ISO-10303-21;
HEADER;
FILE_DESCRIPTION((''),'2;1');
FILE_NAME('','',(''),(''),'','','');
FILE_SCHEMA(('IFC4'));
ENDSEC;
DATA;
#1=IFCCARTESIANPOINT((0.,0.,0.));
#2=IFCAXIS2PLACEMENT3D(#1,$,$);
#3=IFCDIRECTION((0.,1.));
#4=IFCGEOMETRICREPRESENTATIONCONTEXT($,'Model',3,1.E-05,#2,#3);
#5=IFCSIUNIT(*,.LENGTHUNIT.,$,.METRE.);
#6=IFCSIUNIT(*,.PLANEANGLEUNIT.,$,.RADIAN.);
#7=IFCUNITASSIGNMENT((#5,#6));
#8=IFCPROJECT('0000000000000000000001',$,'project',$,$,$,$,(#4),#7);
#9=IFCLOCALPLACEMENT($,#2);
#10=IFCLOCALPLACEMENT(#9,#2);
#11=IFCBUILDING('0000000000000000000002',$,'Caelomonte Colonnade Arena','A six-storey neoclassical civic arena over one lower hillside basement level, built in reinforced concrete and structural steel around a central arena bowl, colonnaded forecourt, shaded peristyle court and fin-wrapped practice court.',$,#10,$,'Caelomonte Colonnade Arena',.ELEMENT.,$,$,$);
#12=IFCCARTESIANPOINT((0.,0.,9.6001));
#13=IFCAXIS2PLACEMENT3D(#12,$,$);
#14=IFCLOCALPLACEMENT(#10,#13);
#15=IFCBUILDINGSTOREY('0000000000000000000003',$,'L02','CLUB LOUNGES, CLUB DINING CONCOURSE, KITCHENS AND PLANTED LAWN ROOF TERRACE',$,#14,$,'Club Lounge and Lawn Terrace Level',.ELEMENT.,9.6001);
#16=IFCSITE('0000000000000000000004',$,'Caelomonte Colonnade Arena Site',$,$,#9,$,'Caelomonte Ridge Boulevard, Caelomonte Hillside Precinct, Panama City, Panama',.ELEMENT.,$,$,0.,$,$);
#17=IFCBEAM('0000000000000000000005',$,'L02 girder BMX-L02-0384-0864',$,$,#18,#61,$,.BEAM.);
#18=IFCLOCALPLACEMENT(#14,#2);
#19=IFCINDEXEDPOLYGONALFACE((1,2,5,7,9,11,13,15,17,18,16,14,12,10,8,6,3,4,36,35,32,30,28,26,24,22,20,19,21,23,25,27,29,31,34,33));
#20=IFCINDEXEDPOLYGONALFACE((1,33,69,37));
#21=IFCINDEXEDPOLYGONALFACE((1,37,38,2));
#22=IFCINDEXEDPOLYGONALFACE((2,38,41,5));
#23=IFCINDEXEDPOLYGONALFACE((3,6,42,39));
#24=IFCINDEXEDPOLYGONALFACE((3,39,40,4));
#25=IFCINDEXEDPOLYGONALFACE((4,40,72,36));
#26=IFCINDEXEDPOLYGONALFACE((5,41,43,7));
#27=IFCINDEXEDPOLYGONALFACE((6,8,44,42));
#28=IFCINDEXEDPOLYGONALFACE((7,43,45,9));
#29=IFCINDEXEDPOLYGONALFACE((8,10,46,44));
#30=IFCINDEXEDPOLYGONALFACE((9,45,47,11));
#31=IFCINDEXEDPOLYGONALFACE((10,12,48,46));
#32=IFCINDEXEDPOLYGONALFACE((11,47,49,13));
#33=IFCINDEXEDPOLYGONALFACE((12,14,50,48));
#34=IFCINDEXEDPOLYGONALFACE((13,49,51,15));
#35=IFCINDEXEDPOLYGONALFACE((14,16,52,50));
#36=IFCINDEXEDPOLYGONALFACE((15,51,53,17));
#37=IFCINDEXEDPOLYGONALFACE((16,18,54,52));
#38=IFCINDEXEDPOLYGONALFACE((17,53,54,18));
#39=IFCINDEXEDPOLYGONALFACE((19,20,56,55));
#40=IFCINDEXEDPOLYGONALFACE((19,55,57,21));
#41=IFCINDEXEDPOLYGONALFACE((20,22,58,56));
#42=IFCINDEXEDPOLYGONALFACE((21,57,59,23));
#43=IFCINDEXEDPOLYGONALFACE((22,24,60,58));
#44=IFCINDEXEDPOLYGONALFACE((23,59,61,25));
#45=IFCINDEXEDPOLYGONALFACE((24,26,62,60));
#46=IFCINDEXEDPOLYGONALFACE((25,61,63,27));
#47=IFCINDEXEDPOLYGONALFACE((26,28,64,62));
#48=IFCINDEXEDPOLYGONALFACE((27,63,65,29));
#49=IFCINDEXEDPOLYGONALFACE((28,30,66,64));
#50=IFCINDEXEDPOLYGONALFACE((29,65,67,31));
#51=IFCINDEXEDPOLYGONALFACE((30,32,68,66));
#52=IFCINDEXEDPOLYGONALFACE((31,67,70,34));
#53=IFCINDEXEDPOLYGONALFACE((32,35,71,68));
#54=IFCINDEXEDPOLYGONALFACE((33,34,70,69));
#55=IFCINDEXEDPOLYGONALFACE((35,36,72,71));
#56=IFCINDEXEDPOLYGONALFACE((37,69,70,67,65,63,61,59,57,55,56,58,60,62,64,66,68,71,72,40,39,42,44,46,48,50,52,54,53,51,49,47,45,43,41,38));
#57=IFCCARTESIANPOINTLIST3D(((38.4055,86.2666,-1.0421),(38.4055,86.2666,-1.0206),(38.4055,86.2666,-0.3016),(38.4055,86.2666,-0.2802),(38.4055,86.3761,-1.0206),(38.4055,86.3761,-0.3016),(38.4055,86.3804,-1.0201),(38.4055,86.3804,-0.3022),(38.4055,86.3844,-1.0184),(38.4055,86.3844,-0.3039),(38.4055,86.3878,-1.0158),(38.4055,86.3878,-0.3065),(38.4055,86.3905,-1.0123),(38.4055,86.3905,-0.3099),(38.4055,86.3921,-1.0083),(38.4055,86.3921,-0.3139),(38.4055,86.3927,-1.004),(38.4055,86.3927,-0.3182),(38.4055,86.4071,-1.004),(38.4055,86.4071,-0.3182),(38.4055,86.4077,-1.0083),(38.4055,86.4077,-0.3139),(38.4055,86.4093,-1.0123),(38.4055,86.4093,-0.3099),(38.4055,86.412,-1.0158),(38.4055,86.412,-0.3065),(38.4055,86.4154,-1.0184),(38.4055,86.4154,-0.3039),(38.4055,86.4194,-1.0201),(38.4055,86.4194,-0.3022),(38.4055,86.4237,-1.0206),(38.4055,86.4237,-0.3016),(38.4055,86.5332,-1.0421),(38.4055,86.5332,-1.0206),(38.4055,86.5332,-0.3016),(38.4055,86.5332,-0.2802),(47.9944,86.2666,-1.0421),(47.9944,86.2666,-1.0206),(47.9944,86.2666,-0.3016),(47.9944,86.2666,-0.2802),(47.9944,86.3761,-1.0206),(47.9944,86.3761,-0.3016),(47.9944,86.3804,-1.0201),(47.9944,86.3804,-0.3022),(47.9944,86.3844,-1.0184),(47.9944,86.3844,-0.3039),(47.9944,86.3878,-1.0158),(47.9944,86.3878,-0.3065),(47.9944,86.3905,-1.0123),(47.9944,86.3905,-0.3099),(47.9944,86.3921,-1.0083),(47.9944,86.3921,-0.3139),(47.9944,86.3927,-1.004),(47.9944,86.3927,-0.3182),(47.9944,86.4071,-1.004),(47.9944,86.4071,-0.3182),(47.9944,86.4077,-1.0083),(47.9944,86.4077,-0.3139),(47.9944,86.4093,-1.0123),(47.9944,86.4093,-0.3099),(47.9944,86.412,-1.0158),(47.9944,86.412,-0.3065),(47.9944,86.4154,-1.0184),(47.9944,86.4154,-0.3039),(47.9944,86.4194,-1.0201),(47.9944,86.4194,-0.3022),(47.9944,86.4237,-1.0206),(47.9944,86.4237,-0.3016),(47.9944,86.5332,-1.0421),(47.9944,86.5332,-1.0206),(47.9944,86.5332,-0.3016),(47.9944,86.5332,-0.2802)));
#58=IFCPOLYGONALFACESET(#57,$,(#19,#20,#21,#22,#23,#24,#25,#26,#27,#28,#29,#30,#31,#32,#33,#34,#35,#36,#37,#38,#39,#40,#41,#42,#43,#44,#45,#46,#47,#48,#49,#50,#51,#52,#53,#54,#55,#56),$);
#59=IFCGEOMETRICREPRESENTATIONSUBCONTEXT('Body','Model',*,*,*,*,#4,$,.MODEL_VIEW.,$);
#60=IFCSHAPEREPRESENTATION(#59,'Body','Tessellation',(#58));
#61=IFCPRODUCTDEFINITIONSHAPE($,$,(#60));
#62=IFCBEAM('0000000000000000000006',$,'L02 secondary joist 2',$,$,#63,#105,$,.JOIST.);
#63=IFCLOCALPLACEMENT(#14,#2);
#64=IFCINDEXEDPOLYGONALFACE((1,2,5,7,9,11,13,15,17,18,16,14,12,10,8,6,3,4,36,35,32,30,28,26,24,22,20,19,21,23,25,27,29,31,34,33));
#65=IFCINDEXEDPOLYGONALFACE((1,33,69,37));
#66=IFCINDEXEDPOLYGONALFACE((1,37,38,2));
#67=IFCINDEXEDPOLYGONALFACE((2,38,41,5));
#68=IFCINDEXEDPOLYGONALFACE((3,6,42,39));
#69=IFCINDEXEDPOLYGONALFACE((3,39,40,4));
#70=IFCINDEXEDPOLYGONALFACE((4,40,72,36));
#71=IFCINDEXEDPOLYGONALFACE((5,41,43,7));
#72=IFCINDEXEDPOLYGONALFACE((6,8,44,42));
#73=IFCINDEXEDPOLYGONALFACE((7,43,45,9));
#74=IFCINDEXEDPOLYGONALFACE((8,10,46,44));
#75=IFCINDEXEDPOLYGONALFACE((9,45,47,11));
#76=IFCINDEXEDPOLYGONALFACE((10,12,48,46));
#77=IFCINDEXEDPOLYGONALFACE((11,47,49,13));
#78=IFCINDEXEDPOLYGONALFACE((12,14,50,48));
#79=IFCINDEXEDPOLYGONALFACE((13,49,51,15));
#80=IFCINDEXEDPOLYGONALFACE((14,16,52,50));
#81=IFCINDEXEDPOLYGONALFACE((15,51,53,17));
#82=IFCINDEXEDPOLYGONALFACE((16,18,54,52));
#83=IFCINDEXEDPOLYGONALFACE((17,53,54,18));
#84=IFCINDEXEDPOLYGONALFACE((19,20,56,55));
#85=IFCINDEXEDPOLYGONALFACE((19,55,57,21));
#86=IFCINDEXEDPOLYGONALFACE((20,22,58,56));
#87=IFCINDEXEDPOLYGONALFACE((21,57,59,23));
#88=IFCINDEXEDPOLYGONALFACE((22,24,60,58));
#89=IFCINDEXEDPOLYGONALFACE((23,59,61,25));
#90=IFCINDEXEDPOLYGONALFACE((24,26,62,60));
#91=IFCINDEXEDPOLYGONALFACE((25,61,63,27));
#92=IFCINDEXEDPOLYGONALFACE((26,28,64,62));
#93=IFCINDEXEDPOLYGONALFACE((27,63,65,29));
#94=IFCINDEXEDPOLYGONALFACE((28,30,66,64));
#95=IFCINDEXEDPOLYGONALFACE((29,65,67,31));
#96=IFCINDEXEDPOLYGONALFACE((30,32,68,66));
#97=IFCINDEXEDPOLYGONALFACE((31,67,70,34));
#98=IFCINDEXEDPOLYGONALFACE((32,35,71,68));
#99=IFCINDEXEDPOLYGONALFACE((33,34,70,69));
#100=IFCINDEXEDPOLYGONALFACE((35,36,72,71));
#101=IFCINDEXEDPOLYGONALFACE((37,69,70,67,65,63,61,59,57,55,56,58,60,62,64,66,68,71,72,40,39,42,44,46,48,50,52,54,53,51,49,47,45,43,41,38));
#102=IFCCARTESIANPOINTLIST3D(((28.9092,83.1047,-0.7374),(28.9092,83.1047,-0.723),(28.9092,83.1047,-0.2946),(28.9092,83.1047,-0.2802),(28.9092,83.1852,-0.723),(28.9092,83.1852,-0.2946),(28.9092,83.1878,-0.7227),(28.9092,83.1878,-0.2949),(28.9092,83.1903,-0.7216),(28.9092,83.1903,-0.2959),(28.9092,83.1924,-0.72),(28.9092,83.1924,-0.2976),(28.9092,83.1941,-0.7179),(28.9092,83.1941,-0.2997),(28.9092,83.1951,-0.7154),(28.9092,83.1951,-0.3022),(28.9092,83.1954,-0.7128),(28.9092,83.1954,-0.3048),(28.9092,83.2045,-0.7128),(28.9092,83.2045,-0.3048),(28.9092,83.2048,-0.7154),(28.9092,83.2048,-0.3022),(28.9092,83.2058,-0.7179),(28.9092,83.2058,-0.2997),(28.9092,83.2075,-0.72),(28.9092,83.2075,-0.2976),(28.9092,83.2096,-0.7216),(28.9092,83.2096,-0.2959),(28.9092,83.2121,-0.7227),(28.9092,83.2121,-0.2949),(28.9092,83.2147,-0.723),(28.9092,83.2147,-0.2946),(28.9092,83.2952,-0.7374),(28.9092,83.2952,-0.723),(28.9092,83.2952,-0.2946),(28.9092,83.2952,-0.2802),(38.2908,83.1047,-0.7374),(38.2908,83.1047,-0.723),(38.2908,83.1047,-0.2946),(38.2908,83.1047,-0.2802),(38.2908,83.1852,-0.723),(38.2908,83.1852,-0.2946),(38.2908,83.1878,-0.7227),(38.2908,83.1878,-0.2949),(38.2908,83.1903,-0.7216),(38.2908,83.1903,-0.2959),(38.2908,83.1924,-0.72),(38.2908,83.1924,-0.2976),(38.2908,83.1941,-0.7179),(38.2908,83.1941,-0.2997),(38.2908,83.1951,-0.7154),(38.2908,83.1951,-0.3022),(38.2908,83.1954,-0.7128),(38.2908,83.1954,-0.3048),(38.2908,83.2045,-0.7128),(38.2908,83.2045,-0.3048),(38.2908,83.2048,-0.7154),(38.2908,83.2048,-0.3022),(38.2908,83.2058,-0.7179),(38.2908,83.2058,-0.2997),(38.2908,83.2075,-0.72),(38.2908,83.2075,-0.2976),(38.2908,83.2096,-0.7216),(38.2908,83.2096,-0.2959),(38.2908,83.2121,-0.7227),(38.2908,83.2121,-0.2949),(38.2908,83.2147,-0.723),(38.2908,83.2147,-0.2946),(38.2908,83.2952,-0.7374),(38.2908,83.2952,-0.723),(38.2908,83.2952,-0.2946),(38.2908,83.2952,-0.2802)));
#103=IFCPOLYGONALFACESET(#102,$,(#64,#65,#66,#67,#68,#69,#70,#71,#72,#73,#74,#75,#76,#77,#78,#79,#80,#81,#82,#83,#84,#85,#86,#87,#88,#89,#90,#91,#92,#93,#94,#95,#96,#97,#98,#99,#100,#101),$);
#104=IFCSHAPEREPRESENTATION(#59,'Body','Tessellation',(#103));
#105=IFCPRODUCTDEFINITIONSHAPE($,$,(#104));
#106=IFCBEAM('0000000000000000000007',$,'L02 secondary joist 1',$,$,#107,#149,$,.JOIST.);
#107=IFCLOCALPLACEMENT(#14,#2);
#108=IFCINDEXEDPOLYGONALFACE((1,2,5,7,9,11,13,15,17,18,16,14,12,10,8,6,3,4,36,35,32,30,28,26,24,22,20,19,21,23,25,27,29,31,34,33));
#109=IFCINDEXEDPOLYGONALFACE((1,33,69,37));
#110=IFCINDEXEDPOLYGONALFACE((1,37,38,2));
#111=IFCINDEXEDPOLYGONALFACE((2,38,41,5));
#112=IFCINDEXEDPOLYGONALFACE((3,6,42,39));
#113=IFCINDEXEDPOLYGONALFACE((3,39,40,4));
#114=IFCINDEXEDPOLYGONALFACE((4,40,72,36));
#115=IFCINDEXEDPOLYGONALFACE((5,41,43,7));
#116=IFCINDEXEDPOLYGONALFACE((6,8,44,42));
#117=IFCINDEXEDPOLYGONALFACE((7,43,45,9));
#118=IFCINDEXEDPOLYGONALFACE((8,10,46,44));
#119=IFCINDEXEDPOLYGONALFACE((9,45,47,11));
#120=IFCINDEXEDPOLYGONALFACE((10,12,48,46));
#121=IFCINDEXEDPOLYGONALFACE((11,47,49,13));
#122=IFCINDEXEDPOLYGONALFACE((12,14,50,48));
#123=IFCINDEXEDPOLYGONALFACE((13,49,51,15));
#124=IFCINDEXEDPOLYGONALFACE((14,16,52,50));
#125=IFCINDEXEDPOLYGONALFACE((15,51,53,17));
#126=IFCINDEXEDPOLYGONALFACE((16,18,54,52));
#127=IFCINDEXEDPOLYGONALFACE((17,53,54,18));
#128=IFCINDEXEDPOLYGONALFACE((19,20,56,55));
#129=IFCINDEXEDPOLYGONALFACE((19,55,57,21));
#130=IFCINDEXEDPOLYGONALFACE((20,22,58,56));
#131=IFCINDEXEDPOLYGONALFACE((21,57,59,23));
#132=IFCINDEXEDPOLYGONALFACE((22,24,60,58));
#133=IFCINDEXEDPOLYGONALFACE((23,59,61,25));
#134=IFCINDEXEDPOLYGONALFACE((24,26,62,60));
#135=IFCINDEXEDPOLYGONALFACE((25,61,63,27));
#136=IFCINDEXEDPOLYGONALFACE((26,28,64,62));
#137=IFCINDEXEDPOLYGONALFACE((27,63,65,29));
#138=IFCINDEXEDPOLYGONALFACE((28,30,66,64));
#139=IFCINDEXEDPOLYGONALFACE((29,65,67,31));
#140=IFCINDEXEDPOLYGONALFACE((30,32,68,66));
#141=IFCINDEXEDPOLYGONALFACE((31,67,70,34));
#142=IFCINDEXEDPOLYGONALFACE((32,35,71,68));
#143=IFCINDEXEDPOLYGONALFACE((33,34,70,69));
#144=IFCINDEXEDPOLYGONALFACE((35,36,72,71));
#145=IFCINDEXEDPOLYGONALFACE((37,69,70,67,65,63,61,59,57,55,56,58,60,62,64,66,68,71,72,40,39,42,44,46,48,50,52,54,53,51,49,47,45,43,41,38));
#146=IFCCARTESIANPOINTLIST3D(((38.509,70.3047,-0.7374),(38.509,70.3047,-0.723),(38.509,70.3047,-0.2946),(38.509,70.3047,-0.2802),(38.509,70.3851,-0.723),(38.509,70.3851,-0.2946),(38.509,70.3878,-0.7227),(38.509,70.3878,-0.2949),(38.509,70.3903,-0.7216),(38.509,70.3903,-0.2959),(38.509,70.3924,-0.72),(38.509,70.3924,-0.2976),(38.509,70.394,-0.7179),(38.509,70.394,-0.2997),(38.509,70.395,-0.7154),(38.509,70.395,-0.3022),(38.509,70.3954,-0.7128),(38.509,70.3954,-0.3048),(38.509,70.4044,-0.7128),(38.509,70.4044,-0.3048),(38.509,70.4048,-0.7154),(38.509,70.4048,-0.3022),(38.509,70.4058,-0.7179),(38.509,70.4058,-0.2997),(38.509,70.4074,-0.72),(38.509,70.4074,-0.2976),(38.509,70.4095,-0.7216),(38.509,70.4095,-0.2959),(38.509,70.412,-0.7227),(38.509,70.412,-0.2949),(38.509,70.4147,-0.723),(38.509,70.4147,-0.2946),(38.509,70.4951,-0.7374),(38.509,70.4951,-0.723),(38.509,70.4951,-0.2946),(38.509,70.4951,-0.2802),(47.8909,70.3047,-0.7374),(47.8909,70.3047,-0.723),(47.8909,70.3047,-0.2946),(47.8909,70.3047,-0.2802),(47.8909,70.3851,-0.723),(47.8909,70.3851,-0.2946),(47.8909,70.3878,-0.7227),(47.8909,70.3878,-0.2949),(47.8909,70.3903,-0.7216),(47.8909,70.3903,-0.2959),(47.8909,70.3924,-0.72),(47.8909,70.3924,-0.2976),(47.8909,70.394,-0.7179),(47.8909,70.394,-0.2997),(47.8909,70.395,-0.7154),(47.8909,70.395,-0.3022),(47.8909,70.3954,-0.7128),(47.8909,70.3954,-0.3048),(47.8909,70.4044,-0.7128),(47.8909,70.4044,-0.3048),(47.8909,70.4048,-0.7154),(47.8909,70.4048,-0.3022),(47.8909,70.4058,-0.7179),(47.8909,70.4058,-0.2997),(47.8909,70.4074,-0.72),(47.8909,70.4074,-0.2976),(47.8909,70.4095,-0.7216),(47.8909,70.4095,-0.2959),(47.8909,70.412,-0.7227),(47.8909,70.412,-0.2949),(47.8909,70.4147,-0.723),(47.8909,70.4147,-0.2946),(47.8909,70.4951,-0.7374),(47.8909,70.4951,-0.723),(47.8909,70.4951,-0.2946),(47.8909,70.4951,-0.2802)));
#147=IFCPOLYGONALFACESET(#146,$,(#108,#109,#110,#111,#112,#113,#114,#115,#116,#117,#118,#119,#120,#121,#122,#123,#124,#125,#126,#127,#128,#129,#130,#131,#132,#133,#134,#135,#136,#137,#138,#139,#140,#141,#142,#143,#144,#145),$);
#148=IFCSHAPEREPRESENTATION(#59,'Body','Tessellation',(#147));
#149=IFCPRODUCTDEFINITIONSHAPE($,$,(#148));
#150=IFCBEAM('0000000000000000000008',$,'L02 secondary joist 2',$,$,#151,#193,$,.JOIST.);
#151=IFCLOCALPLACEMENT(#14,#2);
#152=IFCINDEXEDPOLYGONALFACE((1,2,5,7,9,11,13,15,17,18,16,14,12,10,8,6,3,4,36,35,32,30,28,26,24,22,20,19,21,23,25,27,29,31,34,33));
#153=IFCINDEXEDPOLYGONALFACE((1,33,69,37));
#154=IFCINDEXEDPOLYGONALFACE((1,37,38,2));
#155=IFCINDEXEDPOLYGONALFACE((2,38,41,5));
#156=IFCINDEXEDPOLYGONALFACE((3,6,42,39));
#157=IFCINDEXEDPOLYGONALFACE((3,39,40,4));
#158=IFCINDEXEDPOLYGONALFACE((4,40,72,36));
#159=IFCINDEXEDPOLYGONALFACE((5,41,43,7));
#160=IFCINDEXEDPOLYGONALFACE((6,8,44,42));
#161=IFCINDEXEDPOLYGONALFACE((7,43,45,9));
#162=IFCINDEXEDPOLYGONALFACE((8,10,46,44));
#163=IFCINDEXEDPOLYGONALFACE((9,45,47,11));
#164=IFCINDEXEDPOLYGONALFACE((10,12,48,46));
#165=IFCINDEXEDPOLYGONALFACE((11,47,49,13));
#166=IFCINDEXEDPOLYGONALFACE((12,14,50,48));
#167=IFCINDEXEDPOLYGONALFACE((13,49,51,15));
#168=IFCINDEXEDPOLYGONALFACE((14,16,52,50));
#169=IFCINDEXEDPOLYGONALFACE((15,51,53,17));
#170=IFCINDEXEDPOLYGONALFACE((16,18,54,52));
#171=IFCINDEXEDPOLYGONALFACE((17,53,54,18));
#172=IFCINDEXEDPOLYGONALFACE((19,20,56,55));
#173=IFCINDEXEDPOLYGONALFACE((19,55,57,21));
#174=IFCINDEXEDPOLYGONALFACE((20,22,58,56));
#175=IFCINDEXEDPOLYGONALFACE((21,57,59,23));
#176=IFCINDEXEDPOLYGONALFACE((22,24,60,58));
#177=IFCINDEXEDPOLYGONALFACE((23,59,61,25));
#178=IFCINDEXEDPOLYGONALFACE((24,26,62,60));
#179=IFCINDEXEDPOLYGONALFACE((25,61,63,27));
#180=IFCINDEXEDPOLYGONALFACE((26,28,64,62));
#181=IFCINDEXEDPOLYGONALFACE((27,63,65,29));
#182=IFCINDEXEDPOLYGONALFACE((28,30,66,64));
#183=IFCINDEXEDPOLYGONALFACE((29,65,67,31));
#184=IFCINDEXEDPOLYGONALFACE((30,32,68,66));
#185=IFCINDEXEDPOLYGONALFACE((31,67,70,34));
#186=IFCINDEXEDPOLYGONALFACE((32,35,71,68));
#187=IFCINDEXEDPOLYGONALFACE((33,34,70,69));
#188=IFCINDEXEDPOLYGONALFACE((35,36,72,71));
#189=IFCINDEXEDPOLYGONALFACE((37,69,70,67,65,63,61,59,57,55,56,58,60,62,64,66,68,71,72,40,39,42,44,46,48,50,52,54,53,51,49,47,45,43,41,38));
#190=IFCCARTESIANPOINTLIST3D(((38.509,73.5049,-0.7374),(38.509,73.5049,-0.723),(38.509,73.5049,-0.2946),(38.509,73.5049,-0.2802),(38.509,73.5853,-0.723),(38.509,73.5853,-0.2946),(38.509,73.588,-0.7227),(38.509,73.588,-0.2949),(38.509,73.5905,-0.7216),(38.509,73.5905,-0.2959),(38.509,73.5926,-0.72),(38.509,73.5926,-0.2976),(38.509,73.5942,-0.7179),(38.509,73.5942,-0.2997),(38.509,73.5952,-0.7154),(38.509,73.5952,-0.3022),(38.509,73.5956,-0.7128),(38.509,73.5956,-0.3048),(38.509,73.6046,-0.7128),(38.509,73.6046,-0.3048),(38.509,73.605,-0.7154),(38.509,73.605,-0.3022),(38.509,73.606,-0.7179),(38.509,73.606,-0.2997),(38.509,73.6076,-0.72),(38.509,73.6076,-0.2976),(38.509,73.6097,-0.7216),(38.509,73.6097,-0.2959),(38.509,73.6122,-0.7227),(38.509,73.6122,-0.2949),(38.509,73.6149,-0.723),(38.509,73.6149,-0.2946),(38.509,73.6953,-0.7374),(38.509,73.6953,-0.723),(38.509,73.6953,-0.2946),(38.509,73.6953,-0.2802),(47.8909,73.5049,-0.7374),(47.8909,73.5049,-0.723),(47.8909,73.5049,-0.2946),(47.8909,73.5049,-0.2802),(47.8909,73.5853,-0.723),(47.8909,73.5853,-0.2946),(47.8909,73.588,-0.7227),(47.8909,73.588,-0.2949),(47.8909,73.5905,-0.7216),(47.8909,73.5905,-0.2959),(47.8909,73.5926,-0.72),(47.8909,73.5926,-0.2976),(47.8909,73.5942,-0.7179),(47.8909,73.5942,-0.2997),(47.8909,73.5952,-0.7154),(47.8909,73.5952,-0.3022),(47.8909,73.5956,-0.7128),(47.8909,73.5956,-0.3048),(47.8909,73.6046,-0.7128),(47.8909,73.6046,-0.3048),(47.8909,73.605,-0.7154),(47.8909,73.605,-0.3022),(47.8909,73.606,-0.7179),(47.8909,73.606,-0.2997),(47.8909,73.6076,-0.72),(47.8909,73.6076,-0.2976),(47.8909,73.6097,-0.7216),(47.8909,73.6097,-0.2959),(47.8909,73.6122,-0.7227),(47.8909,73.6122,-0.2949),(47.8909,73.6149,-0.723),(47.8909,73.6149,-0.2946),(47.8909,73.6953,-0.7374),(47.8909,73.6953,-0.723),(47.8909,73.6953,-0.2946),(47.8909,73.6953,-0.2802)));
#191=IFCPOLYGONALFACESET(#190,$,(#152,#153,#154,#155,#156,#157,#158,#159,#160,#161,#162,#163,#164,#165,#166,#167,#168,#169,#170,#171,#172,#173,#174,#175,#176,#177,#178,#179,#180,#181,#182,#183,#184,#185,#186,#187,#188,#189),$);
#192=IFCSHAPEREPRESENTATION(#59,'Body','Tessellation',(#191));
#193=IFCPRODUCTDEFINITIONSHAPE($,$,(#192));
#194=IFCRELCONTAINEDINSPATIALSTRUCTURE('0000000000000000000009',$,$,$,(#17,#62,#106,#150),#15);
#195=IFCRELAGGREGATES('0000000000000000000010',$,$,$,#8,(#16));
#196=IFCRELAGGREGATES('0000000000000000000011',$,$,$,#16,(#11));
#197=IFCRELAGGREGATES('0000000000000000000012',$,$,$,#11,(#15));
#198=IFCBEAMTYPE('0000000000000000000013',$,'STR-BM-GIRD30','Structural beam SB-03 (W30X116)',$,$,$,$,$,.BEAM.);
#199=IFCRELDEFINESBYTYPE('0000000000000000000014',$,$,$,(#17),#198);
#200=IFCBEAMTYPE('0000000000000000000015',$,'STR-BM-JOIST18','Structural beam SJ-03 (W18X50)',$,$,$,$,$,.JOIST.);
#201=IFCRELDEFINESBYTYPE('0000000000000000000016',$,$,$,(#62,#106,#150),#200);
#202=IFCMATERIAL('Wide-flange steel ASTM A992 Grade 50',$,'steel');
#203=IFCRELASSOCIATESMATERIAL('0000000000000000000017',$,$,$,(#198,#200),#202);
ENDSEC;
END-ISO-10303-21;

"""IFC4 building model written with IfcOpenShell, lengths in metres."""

from ifc_helpers import new_model, si_unit, direction, frame, origin, origin_2d, place, context, subcontext, project, spatial, i_section, extrude, material, material_profile, profile_set, type_object, element, save


model = new_model("IFC4")

# Units and contexts
model_context = context("Model", 3, precision=1e-05, world=origin(), true_north=direction((0.0, 1.0)))
body_context = subcontext(model_context, "Body", "Model", "MODEL_VIEW")
ifc_project = project(units=[si_unit("LENGTHUNIT", "METRE"), si_unit("PLANEANGLEUNIT", "RADIAN")], contexts=[model_context])

# Site, building, storey
site_placement = place(None, origin())
site = spatial("IfcSite", under=ifc_project, at=site_placement, Name="Caelomonte Colonnade Arena Site", LongName="Caelomonte Ridge Boulevard, Caelomonte Hillside Precinct, Panama City, Panama", CompositionType="ELEMENT", RefElevation=0.0)
building_placement = place(site_placement, origin())
building = spatial("IfcBuilding", under=site, at=building_placement, Name="Caelomonte Colonnade Arena", Description="A six-storey neoclassical civic arena over one lower hillside basement level, built in reinforced concrete and structural steel around a central arena bowl, colonnaded forecourt, shaded peristyle court and fin-wrapped practice court.", LongName="Caelomonte Colonnade Arena", CompositionType="ELEMENT")
storey_placement = place(building_placement, frame((0.0, 0.0, 9.6001)))
storey = spatial("IfcBuildingStorey", under=building, at=storey_placement, Name="L02", Description="CLUB LOUNGES, CLUB DINING CONCOURSE, KITCHENS AND PLANTED LAWN ROOF TERRACE", LongName="Club Lounge and Lawn Terrace Level", CompositionType="ELEMENT", Elevation=9.6001)

# Beams
ifc_material_1 = material(Name="Wide-flange steel ASTM A992 Grade 50", Category="steel")
ifc_material_profile_1 = material_profile(ifc_material_1, i_section(OverallWidth=0.2666, OverallDepth=0.762, WebThickness=0.0144, FlangeThickness=0.0215, FilletRadius=0.0166, at=origin_2d()), Name="W30X116")
ifc_profile_set_1 = profile_set([ifc_material_profile_1], Name="Wide-flange steel ASTM A992 Grade 50")
beam_type_1 = type_object("IfcBeamType", Name="STR-BM-GIRD30", Description="Structural beam SB-03 (W30X116)", PredefinedType="BEAM", material=ifc_profile_set_1)
for number, where, z_axis, x_axis, name in (
    (1, (38.4055, 86.3999, -0.6611), (1.0, 0.0, 0.0), (0.0, 1.0, 0.0), "L02 girder BMX-L02-0384-0864"),
):
    element("IfcBeam", number, at=place(storey_placement, frame(where, z_axis=z_axis, x_axis=x_axis)), inside=storey, type_object=beam_type_1, Name=name, PredefinedType="BEAM", context=body_context, shape_type="SweptSolid", body=[
        extrude(i_section(OverallWidth=0.2666, OverallDepth=0.762, WebThickness=0.0144, FlangeThickness=0.0215, FilletRadius=0.0166, at=origin_2d()), origin(), (0.0, 0.0, 1.0), 9.5889),
    ])
ifc_material_profile_2 = material_profile(ifc_material_1, i_section(OverallWidth=0.1904, OverallDepth=0.4573, WebThickness=0.009, FlangeThickness=0.0144, FilletRadius=0.0103, at=origin_2d()), Name="W18X50")
ifc_profile_set_2 = profile_set([ifc_material_profile_2], Name="Wide-flange steel ASTM A992 Grade 50")
beam_type_2 = type_object("IfcBeamType", Name="STR-BM-JOIST18", Description="Structural beam SJ-03 (W18X50)", PredefinedType="JOIST", material=ifc_profile_set_2)
beam_1_placement = place(storey_placement, frame((28.9092, 83.2, -0.5088), z_axis=(1.0, 0.0, 0.0), x_axis=(0.0, 1.0, 0.0)))
element("IfcBeam", 2, at=beam_1_placement, inside=storey, type_object=beam_type_2, Name="L02 secondary joist 2", PredefinedType="JOIST", context=body_context, shape_type="SweptSolid", body=[
    extrude(i_section(OverallWidth=0.1904, OverallDepth=0.4573, WebThickness=0.009, FlangeThickness=0.0144, FilletRadius=0.0103, at=origin_2d()), origin(), (0.0, 0.0, 1.0), 9.3816),
])
for number, where, z_axis, x_axis, name in (
    (3, (38.509, 70.3999, -0.5088), (1.0, 0.0, 0.0), (0.0, 1.0, 0.0), "L02 secondary joist 1"),
    (4, (38.509, 73.6001, -0.5088), (1.0, 0.0, 0.0), (0.0, 1.0, 0.0), "L02 secondary joist 2"),
):
    element("IfcBeam", number, at=place(storey_placement, frame(where, z_axis=z_axis, x_axis=x_axis)), inside=storey, type_object=beam_type_2, Name=name, PredefinedType="JOIST", context=body_context, shape_type="SweptSolid", body=[
        extrude(i_section(OverallWidth=0.1904, OverallDepth=0.4573, WebThickness=0.009, FlangeThickness=0.0144, FilletRadius=0.0103, at=origin_2d()), origin(), (0.0, 0.0, 1.0), 9.3818),
    ])

save(model, "model.ifc")
